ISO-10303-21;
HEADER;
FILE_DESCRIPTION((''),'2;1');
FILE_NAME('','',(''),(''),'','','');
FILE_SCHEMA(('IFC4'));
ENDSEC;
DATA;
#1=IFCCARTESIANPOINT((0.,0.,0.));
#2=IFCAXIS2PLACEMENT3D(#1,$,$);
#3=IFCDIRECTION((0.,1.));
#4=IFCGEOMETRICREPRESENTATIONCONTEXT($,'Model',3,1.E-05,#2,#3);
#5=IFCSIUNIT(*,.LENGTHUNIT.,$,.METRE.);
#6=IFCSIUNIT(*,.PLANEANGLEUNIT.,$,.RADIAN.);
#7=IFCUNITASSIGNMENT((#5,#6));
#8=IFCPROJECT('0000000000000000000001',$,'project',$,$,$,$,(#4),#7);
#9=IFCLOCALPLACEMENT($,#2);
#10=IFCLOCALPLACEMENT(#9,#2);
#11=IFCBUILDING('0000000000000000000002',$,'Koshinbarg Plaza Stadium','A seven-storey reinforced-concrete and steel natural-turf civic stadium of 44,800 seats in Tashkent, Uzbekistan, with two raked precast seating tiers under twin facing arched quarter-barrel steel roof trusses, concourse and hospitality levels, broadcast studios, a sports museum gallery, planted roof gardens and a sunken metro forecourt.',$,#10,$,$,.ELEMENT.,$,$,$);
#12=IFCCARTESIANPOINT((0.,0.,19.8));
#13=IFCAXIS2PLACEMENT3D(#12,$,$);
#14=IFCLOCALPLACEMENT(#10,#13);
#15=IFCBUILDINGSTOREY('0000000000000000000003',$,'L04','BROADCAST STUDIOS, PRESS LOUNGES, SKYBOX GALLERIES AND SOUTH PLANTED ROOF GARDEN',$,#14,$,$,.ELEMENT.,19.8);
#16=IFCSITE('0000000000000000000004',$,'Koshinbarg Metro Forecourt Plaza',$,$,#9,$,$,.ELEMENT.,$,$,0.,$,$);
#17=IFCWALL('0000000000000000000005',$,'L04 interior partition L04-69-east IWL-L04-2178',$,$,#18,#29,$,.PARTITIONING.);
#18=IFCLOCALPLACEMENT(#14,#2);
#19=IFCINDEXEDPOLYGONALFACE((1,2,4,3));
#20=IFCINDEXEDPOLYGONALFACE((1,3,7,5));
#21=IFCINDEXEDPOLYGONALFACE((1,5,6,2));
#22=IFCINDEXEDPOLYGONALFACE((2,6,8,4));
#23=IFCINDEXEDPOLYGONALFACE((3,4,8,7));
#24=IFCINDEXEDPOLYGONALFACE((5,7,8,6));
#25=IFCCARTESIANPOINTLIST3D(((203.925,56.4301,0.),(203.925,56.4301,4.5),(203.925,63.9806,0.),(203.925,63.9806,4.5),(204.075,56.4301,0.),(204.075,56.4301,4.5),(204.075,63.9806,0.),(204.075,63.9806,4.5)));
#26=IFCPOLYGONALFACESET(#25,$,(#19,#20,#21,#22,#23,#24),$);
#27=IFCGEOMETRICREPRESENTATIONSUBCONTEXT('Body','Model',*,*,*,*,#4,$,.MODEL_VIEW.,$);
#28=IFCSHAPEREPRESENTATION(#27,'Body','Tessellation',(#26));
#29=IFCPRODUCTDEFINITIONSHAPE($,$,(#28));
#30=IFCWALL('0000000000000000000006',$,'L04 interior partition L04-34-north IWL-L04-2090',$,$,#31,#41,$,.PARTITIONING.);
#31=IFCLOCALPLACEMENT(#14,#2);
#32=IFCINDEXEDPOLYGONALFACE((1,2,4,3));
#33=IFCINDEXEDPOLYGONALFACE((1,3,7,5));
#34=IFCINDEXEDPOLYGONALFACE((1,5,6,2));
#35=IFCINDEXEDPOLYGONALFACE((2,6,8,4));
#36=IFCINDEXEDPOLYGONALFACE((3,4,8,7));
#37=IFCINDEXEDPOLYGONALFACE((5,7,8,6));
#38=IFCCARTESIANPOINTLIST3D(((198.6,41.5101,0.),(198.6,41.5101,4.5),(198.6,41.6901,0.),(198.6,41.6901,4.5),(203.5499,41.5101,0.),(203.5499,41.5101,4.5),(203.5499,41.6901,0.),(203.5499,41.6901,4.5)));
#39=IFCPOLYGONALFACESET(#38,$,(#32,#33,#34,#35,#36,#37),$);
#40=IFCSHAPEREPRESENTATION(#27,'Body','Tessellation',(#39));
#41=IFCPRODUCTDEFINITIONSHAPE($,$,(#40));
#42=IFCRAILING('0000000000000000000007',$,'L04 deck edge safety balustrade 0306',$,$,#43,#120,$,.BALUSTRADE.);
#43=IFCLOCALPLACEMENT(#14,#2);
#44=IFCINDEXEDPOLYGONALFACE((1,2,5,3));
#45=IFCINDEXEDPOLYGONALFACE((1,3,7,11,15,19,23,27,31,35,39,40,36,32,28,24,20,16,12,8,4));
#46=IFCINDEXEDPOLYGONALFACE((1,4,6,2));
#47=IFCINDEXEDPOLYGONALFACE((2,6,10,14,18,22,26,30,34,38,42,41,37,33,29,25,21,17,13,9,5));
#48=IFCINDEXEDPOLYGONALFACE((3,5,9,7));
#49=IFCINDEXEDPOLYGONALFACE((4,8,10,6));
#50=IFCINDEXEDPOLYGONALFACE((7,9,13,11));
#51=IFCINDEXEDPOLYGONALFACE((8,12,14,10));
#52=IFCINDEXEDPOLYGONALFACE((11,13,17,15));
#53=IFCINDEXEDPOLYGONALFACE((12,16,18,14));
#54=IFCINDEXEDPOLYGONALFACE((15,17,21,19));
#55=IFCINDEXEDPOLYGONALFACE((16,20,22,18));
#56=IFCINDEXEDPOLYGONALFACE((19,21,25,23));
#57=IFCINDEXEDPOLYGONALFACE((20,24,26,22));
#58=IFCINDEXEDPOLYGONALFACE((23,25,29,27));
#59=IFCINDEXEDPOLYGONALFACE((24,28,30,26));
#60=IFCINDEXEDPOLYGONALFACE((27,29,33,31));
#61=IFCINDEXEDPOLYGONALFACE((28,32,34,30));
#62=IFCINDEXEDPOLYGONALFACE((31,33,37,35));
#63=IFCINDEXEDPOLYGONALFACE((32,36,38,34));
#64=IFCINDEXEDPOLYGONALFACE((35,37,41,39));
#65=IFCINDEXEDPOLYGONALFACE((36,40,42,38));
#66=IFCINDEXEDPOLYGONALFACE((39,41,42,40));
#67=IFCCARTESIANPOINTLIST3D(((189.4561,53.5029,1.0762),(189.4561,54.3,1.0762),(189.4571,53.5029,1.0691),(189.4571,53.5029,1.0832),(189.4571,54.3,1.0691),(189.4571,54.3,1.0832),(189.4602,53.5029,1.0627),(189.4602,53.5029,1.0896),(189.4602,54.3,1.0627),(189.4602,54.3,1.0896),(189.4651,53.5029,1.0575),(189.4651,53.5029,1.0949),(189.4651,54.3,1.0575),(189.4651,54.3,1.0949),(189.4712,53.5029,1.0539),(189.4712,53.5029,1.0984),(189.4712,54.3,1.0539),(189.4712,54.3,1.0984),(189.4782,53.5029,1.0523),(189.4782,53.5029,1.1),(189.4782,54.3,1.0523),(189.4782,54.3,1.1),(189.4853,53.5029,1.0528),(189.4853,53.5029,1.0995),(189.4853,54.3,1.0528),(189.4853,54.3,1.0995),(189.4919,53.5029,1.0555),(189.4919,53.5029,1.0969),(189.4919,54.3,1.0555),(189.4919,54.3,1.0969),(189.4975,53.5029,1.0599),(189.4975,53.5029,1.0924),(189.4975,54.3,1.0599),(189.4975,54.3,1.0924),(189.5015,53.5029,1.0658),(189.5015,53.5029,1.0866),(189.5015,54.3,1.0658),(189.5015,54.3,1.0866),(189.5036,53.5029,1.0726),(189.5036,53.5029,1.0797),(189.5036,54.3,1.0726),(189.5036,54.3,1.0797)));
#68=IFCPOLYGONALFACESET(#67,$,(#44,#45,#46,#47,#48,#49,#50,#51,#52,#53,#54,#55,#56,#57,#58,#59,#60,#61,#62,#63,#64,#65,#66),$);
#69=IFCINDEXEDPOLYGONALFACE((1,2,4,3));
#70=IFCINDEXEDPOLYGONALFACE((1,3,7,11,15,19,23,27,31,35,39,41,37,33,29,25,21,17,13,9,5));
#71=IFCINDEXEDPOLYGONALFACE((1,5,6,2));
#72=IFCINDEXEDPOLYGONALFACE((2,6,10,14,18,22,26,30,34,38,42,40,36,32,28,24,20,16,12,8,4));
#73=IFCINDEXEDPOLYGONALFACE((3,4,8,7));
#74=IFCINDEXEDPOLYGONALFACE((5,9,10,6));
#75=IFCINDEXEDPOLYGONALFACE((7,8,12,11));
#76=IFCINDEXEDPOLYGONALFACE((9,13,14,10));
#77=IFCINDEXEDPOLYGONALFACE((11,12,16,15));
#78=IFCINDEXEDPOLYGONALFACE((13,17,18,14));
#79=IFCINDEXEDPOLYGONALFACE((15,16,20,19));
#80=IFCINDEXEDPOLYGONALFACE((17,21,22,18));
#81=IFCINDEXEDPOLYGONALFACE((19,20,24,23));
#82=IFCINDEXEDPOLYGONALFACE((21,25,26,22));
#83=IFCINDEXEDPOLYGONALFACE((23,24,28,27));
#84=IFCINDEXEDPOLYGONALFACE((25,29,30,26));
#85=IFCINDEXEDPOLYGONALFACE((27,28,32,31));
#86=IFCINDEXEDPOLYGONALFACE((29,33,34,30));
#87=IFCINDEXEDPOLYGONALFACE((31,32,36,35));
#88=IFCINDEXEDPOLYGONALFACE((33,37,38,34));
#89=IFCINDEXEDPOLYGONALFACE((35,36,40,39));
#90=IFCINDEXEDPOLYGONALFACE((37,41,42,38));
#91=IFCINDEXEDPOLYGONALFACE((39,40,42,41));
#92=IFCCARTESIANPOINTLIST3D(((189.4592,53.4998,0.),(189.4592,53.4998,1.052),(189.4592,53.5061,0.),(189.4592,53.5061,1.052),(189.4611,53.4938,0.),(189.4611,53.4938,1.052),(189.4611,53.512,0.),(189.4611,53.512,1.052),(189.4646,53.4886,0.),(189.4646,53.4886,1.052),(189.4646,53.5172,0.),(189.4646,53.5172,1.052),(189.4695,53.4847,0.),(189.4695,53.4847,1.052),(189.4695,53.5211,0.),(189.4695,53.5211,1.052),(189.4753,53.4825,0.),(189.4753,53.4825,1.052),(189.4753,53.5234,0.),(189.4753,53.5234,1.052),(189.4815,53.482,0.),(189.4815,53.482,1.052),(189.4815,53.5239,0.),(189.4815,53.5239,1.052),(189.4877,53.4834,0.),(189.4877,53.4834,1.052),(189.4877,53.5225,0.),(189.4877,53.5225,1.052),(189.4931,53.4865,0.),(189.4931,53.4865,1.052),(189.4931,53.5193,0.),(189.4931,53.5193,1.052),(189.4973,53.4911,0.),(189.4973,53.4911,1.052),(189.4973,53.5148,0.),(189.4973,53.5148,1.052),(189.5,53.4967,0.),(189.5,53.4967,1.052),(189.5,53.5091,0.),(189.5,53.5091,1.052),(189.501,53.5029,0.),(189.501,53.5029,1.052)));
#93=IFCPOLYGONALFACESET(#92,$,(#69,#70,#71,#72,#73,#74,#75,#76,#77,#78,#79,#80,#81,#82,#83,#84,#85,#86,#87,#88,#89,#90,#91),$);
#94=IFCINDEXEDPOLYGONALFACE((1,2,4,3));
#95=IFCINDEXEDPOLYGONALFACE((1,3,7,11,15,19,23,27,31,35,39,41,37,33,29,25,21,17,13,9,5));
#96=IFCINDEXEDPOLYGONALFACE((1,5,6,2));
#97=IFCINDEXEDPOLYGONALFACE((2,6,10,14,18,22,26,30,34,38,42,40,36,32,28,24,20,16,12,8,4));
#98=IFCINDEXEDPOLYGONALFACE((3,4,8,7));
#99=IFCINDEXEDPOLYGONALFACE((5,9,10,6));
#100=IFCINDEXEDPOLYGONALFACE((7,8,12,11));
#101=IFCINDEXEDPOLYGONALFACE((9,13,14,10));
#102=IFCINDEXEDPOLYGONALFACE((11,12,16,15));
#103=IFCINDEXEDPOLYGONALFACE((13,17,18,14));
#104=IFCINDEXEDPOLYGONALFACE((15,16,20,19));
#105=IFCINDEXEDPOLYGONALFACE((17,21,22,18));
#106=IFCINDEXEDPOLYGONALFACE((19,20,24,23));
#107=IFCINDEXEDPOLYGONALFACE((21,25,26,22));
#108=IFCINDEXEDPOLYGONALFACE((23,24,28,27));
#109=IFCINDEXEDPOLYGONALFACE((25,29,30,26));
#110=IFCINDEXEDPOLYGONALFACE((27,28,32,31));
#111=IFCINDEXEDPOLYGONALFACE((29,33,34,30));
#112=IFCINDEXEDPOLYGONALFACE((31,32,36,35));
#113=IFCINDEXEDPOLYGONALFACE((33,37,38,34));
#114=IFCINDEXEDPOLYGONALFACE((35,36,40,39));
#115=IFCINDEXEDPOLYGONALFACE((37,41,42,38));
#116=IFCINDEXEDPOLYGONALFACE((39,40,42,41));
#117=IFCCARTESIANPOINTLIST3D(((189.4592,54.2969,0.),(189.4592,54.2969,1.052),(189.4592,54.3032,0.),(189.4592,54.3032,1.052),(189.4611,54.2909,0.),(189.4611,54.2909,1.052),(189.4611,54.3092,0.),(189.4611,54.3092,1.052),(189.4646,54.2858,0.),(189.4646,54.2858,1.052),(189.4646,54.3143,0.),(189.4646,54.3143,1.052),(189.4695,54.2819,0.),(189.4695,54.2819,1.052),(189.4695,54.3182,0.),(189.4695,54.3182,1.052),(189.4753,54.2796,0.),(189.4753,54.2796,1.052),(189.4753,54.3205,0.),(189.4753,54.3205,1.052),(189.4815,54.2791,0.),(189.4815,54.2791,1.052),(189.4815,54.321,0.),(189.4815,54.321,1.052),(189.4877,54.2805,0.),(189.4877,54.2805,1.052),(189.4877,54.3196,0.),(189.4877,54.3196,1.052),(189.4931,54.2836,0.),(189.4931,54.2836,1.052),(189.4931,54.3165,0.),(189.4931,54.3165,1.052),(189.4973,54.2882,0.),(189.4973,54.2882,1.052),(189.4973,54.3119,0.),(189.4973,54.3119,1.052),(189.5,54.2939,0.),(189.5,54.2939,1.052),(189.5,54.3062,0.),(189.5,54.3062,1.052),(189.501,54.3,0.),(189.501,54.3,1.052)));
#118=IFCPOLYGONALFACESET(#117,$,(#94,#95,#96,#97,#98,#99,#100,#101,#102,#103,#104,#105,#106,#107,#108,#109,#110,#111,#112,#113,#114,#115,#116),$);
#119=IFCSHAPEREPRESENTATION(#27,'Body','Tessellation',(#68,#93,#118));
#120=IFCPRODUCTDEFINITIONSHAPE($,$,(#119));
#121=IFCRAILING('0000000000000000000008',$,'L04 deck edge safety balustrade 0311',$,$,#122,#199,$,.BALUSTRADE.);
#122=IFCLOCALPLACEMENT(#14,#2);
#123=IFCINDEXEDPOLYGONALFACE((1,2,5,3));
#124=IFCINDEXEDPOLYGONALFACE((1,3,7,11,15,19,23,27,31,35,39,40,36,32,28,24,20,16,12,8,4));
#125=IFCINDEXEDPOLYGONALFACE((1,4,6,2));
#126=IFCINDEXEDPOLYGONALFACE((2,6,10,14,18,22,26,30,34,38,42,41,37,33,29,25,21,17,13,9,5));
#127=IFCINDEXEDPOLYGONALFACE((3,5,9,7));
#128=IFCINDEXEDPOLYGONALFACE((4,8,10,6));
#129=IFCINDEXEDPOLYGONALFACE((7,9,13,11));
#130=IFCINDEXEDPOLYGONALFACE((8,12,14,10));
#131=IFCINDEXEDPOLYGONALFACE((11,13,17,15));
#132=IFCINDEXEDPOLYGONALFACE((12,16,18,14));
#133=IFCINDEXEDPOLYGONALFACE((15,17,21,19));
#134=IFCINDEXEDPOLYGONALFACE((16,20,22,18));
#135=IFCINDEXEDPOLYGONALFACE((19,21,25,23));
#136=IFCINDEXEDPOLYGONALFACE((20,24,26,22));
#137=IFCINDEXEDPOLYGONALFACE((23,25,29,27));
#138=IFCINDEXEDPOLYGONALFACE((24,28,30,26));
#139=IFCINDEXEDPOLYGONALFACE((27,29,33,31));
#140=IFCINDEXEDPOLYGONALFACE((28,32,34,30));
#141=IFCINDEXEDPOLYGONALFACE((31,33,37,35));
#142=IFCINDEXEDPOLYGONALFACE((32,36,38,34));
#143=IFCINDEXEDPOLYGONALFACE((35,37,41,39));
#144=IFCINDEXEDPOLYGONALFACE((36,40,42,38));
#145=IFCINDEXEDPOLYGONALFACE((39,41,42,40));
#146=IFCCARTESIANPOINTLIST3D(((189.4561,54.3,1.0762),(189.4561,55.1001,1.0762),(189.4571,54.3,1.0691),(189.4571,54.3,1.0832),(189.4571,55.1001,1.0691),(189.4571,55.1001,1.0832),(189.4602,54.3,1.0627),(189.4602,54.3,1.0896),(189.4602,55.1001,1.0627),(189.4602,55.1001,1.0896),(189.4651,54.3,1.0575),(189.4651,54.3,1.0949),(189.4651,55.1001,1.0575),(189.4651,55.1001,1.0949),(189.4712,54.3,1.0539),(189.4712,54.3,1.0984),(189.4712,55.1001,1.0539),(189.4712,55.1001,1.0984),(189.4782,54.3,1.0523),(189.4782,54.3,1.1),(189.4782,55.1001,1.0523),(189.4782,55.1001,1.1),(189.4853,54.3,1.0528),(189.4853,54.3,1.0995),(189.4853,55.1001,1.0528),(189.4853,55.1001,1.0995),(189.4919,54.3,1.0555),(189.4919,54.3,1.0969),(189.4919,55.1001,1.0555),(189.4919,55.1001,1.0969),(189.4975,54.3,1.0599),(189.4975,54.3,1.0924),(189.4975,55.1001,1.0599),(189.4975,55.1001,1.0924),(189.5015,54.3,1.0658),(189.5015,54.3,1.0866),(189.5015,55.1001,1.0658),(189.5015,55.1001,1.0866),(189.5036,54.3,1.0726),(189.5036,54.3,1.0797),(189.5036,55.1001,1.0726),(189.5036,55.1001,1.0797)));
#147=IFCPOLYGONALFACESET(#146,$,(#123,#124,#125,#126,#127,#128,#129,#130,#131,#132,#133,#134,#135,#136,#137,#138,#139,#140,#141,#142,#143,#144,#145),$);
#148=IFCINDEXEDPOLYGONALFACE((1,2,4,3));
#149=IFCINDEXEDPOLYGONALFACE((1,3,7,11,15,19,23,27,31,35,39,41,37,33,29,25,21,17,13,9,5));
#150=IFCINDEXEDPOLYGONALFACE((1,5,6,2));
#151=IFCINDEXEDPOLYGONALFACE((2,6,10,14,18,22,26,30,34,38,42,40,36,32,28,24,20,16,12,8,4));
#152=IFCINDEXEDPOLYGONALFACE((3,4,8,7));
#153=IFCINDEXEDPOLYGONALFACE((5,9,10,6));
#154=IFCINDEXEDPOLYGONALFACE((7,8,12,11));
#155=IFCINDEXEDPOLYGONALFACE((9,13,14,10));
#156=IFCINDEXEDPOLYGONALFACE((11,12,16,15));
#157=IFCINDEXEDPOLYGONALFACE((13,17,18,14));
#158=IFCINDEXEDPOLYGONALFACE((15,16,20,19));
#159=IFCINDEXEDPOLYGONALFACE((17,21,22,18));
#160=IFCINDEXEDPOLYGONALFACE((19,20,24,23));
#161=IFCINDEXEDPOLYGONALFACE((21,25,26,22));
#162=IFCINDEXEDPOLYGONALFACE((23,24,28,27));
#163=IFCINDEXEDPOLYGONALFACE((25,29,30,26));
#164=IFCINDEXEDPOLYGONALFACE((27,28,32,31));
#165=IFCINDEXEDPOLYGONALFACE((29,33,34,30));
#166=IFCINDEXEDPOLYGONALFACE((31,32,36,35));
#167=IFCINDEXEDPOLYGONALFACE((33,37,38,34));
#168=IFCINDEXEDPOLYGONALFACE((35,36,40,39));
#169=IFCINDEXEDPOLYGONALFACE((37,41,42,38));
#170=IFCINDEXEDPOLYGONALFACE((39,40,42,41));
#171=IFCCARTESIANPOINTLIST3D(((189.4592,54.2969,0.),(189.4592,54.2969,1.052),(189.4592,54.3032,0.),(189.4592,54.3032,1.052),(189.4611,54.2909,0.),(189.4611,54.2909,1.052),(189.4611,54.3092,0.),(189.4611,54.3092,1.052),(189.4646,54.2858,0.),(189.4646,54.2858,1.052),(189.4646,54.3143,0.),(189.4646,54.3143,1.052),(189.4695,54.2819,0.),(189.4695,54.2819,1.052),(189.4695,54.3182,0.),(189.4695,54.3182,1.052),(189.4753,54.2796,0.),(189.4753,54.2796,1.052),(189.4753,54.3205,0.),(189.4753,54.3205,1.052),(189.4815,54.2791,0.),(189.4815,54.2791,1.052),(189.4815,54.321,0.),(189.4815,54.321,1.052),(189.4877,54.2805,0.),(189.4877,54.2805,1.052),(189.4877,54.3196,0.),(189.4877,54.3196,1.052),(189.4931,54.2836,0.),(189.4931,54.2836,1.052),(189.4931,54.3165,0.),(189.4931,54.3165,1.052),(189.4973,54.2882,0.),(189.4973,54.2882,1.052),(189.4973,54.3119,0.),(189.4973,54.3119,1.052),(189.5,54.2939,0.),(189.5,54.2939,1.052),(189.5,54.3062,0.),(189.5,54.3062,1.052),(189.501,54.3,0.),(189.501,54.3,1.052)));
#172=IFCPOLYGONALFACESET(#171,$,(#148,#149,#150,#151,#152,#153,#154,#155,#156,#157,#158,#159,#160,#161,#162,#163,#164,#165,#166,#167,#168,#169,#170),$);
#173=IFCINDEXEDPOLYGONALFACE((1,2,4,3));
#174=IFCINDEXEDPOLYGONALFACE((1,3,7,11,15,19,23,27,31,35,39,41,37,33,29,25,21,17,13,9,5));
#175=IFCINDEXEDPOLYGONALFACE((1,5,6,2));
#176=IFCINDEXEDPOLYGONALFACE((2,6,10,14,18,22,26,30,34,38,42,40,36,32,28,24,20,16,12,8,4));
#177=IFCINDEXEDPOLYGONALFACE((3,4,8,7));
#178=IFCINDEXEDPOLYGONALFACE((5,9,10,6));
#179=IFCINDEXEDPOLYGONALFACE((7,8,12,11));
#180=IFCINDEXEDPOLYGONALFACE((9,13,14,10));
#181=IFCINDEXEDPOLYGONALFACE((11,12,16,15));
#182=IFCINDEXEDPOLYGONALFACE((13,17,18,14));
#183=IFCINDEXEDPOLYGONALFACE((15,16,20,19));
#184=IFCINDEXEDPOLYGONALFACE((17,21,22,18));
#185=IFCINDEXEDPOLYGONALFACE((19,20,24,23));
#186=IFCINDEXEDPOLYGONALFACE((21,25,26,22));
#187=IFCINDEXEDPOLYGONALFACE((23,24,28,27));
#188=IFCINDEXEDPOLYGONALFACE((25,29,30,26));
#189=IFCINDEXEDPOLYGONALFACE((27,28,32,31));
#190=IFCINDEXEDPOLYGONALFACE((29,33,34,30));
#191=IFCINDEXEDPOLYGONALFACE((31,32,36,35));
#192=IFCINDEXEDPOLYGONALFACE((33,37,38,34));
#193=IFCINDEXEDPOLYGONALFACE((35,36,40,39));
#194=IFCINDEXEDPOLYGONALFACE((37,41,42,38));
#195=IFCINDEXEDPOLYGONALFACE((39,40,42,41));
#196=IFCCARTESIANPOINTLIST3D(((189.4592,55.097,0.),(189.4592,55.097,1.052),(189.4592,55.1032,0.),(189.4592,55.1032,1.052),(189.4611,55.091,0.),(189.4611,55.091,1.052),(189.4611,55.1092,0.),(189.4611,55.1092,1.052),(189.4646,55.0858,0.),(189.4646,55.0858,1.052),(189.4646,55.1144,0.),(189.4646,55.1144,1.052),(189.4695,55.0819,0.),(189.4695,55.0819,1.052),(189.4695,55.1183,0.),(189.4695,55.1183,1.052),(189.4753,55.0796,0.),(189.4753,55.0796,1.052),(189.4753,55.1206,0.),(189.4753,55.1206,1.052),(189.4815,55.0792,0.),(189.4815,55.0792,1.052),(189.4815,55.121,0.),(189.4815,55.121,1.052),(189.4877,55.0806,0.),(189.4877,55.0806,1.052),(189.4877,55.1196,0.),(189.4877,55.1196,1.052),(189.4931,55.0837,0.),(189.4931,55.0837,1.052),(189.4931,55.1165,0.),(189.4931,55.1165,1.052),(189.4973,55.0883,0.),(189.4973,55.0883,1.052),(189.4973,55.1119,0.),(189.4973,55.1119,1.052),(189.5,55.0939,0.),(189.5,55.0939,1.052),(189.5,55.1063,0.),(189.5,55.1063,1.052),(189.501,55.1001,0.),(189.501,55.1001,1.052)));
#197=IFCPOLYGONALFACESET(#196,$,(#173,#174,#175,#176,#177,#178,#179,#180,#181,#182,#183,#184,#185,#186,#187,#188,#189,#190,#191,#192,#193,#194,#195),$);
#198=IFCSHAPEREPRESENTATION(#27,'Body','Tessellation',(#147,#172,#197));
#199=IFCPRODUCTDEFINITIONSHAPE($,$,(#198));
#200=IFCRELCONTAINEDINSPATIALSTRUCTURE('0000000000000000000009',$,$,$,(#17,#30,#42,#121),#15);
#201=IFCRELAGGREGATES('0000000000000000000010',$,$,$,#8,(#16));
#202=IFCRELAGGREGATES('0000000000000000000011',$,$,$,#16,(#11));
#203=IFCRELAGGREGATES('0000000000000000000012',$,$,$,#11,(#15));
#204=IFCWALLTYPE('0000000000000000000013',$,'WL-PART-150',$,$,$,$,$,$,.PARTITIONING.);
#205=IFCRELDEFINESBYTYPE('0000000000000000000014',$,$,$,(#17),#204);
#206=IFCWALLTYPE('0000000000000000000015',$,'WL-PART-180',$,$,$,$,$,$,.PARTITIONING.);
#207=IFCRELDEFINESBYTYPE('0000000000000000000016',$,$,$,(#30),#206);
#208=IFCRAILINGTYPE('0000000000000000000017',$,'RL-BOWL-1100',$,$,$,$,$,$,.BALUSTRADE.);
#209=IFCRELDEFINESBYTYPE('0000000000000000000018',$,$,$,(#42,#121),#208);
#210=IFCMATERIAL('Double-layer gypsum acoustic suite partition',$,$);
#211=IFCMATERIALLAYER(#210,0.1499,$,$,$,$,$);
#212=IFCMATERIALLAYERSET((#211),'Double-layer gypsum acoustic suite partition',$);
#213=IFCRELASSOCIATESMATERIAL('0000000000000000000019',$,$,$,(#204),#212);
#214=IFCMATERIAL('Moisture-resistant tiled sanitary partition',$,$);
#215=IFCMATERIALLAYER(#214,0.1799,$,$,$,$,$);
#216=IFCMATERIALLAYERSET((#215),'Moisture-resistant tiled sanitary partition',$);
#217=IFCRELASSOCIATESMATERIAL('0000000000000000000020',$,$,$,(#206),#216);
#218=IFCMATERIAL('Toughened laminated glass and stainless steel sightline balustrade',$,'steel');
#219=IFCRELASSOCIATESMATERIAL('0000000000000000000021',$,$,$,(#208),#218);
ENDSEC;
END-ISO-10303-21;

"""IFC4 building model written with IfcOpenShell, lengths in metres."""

from ifc_helpers import new_model, si_unit, direction, frame, frame_2d, origin, origin_2d, place, context, subcontext, project, spatial, rectangle, circle, extrude, material, layer, layer_set, type_object, element, save


model = new_model("IFC4")

# Units and contexts
model_context = context("Model", 3, precision=1e-05, world=origin(), true_north=direction((0.0, 1.0)))
body_context = subcontext(model_context, "Body", "Model", "MODEL_VIEW")
ifc_project = project(units=[si_unit("LENGTHUNIT", "METRE"), si_unit("PLANEANGLEUNIT", "RADIAN")], contexts=[model_context])

# Site, building, storey
site_placement = place(None, origin())
site = spatial("IfcSite", under=ifc_project, at=site_placement, Name="Koshinbarg Metro Forecourt Plaza", CompositionType="ELEMENT", RefElevation=0.0)
building_placement = place(site_placement, origin())
building = spatial("IfcBuilding", under=site, at=building_placement, Name="Koshinbarg Plaza Stadium", Description="A seven-storey reinforced-concrete and steel natural-turf civic stadium of 44,800 seats in Tashkent, Uzbekistan, with two raked precast seating tiers under twin facing arched quarter-barrel steel roof trusses, concourse and hospitality levels, broadcast studios, a sports museum gallery, planted roof gardens and a sunken metro forecourt.", CompositionType="ELEMENT")
storey_placement = place(building_placement, frame((0.0, 0.0, 19.8)))
storey = spatial("IfcBuildingStorey", under=building, at=storey_placement, Name="L04", Description="BROADCAST STUDIOS, PRESS LOUNGES, SKYBOX GALLERIES AND SOUTH PLANTED ROOF GARDEN", CompositionType="ELEMENT", Elevation=19.8)

# Shared definitions
ifc_material_1 = material(Name="Double-layer gypsum acoustic suite partition")
ifc_layer_1 = layer(ifc_material_1, 0.1499)
ifc_layer_set_1 = layer_set([ifc_layer_1], Name="Double-layer gypsum acoustic suite partition")
wall_type_1 = type_object("IfcWallType", Name="WL-PART-150", PredefinedType="PARTITIONING", material=ifc_layer_set_1)

# Walls
wall_1_placement = place(storey_placement, frame((204.0, 56.4299, 0.0), z_axis=(0.0, 0.0, 1.0), x_axis=(0.0, 1.0, 0.0)))
element("IfcWall", 1, at=wall_1_placement, inside=storey, type_object=wall_type_1, Name="L04 interior partition L04-69-east IWL-L04-2178", PredefinedType="PARTITIONING", context=body_context, shape_type="SweptSolid", body=[
    extrude(rectangle(XDim=7.5505, YDim=0.1499, at=frame_2d((3.7754, 0.0))), origin(), (0.0, 0.0, 1.0), 4.5),
])
ifc_material_2 = material(Name="Moisture-resistant tiled sanitary partition")
ifc_layer_2 = layer(ifc_material_2, 0.1799)
ifc_layer_set_2 = layer_set([ifc_layer_2], Name="Moisture-resistant tiled sanitary partition")
wall_type_2 = type_object("IfcWallType", Name="WL-PART-180", PredefinedType="PARTITIONING", material=ifc_layer_set_2)
wall_2_placement = place(storey_placement, frame((203.55, 41.6001, 0.0), z_axis=(0.0, 0.0, 1.0), x_axis=(-1.0, 0.0, 0.0)))
element("IfcWall", 2, at=wall_2_placement, inside=storey, type_object=wall_type_2, Name="L04 interior partition L04-34-north IWL-L04-2090", PredefinedType="PARTITIONING", context=body_context, shape_type="SweptSolid", body=[
    extrude(rectangle(XDim=4.95, YDim=0.1799, at=frame_2d((2.4751, 0.0))), origin(), (0.0, 0.0, 1.0), 4.5),
])

# Railings
ifc_material_3 = material(Name="Toughened laminated glass and stainless steel sightline balustrade", Category="steel")
railing_type = type_object("IfcRailingType", Name="RL-BOWL-1100", PredefinedType="BALUSTRADE", material=ifc_material_3)
railing_1_placement = place(storey_placement, frame((189.48, 53.5029, 0.0)))
element("IfcRailing", 3, at=railing_1_placement, inside=storey, type_object=railing_type, Name="L04 deck edge safety balustrade 0306", PredefinedType="BALUSTRADE", context=body_context, shape_type="SweptSolid", body=[
    extrude(circle(Radius=0.0239, at=origin_2d()), frame((0.0, 0.0, 1.0762), z_axis=(0.0, 1.0, 0.0), x_axis=(-1.0, 0.0, 0.0)), (0.0, 0.0, 1.0), 0.7971),
    extrude(circle(Radius=0.021, at=origin_2d()), origin(), (0.0, 0.0, 1.0), 1.052),
    extrude(circle(Radius=0.021, at=origin_2d()), frame((0.0, 0.7971, 0.0)), (0.0, 0.0, 1.0), 1.052),
])
railing_2_placement = place(storey_placement, frame((189.48, 54.3, 0.0)))
element("IfcRailing", 4, at=railing_2_placement, inside=storey, type_object=railing_type, Name="L04 deck edge safety balustrade 0311", PredefinedType="BALUSTRADE", context=body_context, shape_type="SweptSolid", body=[
    extrude(circle(Radius=0.0239, at=origin_2d()), frame((0.0, 0.0, 1.0762), z_axis=(0.0, 1.0, 0.0), x_axis=(-1.0, 0.0, 0.0)), (0.0, 0.0, 1.0), 0.8),
    extrude(circle(Radius=0.021, at=origin_2d()), origin(), (0.0, 0.0, 1.0), 1.052),
    extrude(circle(Radius=0.021, at=origin_2d()), frame((0.0, 0.8, 0.0)), (0.0, 0.0, 1.0), 1.052),
])

save(model, "model.ifc")
